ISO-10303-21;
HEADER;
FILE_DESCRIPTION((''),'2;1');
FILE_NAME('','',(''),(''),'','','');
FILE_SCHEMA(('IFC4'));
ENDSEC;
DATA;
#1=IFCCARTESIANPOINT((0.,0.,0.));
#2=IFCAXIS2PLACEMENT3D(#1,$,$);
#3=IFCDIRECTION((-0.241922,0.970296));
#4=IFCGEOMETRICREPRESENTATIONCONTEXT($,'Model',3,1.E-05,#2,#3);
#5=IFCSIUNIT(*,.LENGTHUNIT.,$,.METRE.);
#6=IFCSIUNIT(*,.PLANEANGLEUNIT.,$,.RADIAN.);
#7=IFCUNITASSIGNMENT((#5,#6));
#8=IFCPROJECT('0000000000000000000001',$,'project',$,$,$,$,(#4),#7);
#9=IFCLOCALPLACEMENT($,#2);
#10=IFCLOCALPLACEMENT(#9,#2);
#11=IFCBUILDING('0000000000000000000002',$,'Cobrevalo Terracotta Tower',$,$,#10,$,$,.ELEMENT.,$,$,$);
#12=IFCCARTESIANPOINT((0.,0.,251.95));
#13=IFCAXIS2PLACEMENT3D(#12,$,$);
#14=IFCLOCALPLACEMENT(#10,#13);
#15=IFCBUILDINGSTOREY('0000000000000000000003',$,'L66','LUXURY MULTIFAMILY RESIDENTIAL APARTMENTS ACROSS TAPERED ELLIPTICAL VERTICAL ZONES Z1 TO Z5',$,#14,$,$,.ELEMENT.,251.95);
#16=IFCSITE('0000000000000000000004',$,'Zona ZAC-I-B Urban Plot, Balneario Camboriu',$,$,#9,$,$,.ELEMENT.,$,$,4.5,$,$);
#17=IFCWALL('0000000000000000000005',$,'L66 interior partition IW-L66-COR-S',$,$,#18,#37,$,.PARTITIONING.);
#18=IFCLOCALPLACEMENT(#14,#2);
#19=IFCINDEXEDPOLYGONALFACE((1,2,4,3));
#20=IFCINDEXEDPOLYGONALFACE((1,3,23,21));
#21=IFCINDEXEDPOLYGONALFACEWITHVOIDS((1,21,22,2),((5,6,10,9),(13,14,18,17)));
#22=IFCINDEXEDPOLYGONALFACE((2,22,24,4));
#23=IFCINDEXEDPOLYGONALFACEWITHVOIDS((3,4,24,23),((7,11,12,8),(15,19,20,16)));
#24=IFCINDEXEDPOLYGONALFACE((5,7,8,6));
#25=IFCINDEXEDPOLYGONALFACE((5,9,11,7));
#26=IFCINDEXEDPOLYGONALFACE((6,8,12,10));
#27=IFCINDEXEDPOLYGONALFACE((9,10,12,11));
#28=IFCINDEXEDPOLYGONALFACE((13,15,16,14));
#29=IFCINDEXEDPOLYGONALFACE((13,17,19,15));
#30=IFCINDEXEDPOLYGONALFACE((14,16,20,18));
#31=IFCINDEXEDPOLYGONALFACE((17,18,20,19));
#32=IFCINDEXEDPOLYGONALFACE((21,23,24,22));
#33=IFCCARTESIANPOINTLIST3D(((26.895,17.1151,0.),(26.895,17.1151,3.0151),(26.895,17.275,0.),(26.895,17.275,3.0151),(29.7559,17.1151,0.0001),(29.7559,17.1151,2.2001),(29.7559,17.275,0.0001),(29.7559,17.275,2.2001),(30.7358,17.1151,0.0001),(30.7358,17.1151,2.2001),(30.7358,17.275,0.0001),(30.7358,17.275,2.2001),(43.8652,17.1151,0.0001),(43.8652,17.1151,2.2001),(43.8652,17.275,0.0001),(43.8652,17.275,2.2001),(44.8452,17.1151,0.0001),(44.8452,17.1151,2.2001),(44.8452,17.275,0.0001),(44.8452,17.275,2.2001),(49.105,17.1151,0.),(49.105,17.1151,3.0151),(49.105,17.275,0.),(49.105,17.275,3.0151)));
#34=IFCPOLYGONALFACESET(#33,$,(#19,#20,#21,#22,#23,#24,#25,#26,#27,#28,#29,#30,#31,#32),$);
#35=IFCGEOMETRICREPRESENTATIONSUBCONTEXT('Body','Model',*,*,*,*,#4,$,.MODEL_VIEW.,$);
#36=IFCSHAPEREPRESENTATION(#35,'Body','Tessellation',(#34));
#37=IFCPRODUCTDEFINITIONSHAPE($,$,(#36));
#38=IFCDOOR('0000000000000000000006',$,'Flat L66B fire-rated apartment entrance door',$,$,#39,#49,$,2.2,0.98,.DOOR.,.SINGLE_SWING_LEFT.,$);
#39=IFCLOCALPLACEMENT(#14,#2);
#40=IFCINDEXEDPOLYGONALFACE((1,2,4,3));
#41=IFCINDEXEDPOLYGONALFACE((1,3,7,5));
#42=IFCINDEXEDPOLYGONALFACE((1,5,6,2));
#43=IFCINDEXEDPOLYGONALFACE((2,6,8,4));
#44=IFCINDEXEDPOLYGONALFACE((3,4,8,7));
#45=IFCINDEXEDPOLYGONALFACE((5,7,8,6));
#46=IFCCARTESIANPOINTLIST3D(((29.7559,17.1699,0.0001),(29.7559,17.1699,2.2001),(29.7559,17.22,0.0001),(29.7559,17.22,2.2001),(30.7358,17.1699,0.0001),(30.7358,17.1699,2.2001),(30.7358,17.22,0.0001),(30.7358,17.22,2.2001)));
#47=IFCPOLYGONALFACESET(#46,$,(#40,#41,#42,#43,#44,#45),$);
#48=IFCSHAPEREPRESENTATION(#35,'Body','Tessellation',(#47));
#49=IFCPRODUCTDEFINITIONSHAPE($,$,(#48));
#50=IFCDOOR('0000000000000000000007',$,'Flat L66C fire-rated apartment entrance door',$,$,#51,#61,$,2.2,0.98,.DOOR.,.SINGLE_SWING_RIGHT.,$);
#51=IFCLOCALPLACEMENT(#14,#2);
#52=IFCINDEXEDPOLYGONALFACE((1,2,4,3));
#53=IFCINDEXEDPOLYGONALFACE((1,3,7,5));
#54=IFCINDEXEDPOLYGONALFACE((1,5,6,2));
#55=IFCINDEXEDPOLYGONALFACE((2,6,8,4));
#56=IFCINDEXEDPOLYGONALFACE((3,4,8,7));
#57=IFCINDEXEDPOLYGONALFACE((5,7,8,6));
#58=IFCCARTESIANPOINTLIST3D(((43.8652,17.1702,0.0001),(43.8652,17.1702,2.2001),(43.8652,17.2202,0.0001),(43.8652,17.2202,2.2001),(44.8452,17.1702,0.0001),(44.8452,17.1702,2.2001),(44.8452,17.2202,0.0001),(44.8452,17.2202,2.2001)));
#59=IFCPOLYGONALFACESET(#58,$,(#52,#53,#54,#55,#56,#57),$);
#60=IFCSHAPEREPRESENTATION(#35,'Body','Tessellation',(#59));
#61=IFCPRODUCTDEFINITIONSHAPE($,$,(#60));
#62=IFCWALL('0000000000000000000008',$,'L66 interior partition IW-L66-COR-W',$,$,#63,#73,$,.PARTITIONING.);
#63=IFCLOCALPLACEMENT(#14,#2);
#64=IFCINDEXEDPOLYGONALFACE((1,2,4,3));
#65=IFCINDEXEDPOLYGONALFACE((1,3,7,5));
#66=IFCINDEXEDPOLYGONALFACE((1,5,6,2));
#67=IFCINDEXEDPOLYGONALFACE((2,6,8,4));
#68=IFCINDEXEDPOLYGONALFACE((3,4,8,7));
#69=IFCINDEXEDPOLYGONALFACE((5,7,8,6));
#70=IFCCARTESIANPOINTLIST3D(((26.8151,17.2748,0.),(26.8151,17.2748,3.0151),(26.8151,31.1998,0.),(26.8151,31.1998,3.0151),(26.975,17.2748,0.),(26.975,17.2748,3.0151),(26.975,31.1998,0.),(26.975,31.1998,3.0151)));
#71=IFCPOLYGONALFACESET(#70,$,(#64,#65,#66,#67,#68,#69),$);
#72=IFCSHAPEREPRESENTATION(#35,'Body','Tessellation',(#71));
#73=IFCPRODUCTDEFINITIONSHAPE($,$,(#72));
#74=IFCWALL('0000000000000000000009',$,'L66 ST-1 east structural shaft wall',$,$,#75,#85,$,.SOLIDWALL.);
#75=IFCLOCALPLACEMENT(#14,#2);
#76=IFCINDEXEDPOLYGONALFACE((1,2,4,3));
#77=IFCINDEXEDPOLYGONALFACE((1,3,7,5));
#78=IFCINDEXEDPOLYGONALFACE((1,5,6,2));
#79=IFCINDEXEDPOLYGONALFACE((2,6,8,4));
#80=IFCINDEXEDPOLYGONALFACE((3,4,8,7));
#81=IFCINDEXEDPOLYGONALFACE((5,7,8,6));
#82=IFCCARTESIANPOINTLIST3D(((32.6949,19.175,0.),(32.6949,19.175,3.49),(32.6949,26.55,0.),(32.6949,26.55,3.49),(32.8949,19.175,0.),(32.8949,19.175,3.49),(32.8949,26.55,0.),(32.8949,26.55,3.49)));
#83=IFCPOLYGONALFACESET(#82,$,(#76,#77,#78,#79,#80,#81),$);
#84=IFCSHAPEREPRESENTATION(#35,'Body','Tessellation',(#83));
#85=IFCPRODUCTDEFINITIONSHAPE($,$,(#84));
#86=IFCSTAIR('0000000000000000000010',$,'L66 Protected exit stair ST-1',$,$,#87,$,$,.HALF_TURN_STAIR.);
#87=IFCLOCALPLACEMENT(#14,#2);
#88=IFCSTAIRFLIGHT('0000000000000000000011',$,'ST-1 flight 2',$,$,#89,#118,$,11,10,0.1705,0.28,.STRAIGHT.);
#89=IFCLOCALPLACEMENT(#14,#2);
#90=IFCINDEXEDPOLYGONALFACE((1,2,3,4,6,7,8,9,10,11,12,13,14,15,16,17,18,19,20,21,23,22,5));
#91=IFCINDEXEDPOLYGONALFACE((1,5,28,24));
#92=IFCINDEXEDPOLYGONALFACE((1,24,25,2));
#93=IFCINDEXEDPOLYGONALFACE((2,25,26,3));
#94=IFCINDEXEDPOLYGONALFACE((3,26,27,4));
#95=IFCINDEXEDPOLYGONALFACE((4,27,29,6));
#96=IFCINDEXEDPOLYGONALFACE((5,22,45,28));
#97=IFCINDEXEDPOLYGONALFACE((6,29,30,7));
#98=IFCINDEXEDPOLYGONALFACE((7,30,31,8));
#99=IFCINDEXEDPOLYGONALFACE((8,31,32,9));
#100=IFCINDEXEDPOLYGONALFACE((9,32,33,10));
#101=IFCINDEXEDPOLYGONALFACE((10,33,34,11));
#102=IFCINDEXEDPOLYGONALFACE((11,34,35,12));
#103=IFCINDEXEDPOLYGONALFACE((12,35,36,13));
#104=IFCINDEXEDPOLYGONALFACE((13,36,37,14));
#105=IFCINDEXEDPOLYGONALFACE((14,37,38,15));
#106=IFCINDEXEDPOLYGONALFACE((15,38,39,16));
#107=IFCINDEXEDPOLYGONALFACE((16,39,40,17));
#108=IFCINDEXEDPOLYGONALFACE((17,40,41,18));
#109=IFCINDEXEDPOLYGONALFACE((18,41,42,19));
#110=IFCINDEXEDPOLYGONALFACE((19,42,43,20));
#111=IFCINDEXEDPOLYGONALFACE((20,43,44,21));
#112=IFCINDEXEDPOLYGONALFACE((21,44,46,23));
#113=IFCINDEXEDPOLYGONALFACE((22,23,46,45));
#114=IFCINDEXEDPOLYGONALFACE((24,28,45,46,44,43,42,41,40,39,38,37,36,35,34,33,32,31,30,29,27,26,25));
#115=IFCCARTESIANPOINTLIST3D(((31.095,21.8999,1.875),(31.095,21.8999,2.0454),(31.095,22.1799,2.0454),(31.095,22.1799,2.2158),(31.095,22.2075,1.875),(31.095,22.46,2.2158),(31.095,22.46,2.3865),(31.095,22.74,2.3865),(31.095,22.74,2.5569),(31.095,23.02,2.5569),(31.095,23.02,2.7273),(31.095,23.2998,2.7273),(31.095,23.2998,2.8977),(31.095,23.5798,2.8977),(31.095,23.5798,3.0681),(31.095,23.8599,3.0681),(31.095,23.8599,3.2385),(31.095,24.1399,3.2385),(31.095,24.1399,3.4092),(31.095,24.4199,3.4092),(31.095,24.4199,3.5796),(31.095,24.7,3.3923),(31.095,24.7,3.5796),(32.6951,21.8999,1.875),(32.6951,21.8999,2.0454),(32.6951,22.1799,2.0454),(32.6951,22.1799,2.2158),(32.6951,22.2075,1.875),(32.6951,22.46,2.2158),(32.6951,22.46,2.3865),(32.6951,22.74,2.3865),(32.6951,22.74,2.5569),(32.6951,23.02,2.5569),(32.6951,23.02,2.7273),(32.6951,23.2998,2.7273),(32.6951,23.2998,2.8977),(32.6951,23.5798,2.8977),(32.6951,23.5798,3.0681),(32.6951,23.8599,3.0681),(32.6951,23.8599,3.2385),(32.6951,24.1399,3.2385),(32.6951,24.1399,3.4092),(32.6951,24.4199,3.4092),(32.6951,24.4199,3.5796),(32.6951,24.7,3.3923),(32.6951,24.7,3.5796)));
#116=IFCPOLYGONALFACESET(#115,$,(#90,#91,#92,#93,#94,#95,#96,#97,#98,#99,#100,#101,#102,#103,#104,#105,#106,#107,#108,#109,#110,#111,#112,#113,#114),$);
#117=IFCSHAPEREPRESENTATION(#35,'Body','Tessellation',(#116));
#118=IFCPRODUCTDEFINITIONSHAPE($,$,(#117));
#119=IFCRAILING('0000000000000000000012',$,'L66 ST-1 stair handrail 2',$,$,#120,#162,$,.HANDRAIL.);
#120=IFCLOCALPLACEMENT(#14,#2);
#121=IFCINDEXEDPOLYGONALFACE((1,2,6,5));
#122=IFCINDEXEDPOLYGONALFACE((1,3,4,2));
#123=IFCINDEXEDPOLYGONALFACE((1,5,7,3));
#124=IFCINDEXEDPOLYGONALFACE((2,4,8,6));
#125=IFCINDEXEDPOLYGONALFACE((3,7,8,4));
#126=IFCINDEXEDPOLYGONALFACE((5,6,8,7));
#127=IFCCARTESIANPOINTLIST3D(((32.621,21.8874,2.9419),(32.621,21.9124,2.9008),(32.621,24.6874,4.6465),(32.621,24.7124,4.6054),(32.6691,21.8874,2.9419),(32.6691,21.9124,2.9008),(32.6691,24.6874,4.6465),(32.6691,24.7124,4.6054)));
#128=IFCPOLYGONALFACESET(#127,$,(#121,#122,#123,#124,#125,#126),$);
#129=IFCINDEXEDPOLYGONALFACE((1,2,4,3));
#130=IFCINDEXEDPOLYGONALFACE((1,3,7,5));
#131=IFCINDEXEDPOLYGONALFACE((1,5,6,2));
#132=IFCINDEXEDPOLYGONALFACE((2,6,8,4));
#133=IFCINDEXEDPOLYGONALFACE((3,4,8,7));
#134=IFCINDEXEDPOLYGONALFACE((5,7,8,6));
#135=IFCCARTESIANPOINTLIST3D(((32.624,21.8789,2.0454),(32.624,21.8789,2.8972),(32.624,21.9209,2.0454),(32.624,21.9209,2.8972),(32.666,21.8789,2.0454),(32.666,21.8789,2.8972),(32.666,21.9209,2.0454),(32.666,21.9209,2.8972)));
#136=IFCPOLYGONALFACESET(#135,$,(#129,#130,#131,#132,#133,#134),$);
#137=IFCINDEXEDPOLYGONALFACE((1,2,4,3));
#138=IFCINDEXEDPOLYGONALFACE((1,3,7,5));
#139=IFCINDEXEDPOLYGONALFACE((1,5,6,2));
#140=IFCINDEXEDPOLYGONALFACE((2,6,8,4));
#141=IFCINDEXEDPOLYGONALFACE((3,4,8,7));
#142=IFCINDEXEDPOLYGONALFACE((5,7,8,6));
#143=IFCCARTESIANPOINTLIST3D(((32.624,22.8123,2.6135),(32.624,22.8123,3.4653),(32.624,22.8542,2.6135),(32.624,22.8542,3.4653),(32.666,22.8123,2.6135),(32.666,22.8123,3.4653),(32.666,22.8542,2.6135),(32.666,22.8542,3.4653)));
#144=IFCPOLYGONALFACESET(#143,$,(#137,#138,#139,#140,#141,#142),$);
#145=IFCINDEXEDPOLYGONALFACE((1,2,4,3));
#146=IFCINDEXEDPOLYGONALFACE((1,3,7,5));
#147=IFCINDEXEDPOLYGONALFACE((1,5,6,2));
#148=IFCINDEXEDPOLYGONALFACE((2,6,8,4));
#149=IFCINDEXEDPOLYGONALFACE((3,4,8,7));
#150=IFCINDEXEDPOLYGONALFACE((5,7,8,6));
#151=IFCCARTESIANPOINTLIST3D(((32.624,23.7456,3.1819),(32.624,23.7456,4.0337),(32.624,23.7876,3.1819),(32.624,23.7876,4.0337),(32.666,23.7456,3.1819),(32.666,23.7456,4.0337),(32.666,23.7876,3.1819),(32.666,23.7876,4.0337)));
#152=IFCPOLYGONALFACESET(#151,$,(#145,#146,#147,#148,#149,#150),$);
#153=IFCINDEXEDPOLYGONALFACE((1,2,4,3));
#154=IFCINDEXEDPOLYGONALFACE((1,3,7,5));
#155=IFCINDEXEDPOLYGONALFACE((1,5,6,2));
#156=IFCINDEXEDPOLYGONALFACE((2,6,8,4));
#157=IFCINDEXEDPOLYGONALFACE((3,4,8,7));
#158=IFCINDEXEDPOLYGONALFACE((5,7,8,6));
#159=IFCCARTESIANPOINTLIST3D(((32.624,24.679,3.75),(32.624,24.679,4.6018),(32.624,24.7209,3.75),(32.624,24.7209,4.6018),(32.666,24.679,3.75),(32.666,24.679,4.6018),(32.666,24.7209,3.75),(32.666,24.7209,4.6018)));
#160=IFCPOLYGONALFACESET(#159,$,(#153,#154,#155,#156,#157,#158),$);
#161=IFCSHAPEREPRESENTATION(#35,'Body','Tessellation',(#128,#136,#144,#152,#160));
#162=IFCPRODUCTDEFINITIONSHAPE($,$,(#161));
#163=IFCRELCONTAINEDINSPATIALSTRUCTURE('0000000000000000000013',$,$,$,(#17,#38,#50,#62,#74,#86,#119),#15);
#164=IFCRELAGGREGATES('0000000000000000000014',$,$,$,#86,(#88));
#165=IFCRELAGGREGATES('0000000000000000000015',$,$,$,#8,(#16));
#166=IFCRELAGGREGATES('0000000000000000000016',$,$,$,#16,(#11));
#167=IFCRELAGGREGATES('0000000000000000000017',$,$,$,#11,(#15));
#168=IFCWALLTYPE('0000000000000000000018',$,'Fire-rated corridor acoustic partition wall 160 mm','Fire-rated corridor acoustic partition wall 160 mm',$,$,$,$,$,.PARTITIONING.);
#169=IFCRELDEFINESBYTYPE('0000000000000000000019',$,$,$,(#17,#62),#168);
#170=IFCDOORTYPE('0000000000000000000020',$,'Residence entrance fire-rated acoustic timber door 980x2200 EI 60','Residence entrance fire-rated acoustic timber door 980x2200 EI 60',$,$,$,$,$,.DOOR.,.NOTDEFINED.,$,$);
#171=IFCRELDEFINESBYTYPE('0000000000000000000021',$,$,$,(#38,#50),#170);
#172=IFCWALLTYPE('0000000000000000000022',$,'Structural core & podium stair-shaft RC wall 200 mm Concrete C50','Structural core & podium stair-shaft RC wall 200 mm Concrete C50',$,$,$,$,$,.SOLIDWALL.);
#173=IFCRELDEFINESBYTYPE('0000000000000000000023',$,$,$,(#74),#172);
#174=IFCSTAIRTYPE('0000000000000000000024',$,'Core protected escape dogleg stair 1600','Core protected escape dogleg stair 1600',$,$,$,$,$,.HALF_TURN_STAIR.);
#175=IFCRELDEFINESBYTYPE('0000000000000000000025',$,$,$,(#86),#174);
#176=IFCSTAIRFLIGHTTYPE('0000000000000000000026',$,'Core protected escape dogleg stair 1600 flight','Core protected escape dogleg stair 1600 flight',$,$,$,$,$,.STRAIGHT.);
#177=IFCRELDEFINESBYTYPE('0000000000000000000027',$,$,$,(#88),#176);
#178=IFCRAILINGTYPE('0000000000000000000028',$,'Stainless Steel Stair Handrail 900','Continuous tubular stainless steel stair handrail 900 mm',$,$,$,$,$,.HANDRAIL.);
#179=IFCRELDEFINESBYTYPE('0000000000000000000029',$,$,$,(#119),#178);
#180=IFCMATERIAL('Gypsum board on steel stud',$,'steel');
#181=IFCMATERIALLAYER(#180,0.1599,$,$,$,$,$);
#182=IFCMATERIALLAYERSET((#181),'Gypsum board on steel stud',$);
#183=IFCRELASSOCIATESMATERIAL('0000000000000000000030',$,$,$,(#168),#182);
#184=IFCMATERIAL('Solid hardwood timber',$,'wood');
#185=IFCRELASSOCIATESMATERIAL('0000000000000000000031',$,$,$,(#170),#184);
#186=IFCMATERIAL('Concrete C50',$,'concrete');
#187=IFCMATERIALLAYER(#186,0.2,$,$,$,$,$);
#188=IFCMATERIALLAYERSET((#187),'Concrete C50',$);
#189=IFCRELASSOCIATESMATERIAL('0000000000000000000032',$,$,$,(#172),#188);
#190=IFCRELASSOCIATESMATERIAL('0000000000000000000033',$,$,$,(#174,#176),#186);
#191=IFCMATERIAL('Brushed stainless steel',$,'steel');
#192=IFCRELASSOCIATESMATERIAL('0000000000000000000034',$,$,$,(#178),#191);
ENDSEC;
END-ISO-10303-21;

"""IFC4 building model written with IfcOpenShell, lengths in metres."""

from ifc_helpers import new_model, si_unit, direction, frame, frame_2d, origin, origin_2d, place, context, subcontext, project, spatial, polyline, rectangle, outline, extrude, source, transform, mapped, material, layer, layer_set, type_object, element, fill, aggregate, save


model = new_model("IFC4")

# Units and contexts
model_context = context("Model", 3, precision=1e-05, world=origin(), true_north=direction((-0.241922, 0.970296)))
body_context = subcontext(model_context, "Body", "Model", "MODEL_VIEW")
ifc_project = project(units=[si_unit("LENGTHUNIT", "METRE"), si_unit("PLANEANGLEUNIT", "RADIAN")], contexts=[model_context])

# Site, building, storey
site_placement = place(None, origin())
site = spatial("IfcSite", under=ifc_project, at=site_placement, Name="Zona ZAC-I-B Urban Plot, Balneario Camboriu", CompositionType="ELEMENT", RefElevation=4.5)
building_placement = place(site_placement, origin())
building = spatial("IfcBuilding", under=site, at=building_placement, Name="Cobrevalo Terracotta Tower", CompositionType="ELEMENT")
storey_placement = place(building_placement, frame((0.0, 0.0, 251.95)))
storey = spatial("IfcBuildingStorey", under=building, at=storey_placement, Name="L66", Description="LUXURY MULTIFAMILY RESIDENTIAL APARTMENTS ACROSS TAPERED ELLIPTICAL VERTICAL ZONES Z1 TO Z5", CompositionType="ELEMENT", Elevation=251.95)

# Shared definitions
ifc_material_1 = material(Name="Concrete C50", Category="concrete")

# Wall, openings, doors
ifc_material_2 = material(Name="Gypsum board on steel stud", Category="steel")
ifc_layer_1 = layer(ifc_material_2, 0.1599)
ifc_layer_set_1 = layer_set([ifc_layer_1], Name="Gypsum board on steel stud")
wall_type_1 = type_object("IfcWallType", Name="Fire-rated corridor acoustic partition wall 160 mm", Description="Fire-rated corridor acoustic partition wall 160 mm", PredefinedType="PARTITIONING", material=ifc_layer_set_1)
wall_1_placement = place(storey_placement, frame((26.895, 17.1951, 0.0), z_axis=(0.0, 0.0, 1.0), x_axis=(1.0, 0.0, 0.0)))
wall_1 = element("IfcWall", 1, at=wall_1_placement, inside=storey, type_object=wall_type_1, Name="L66 interior partition IW-L66-COR-S", PredefinedType="PARTITIONING", context=body_context, shape_type="SweptSolid", body=[
    extrude(rectangle(XDim=22.21, YDim=0.1599, at=frame_2d((11.105, 0.0))), origin(), (0.0, 0.0, 1.0), 3.0151),
])
opening_1_placement = place(wall_1_placement, frame((2.8608, 0.0, 0.0)))
opening_1 = element("IfcOpeningElement", 2, at=opening_1_placement, cuts=wall_1, PredefinedType="OPENING", context=body_context, shape_type="SweptSolid", body=[
    extrude(rectangle(XDim=0.98, YDim=2.2, at=frame_2d((0.49, 1.1001))), frame((0.0, 0.0898, 0.0), z_axis=(0.0, -1.0, 0.0), x_axis=(1.0, 0.0, 0.0)), (0.0, 0.0, 1.0), 0.1799),
])
opening_2_placement = place(wall_1_placement, frame((16.9702, 0.0, 0.0)))
opening_2 = element("IfcOpeningElement", 3, at=opening_2_placement, cuts=wall_1, PredefinedType="OPENING", context=body_context, shape_type="SweptSolid", body=[
    extrude(rectangle(XDim=0.98, YDim=2.2, at=frame_2d((0.49, 1.1001))), frame((0.0, 0.0898, 0.0), z_axis=(0.0, -1.0, 0.0), x_axis=(1.0, 0.0, 0.0)), (0.0, 0.0, 1.0), 0.1799),
])
ifc_material_3 = material(Name="Solid hardwood timber", Category="wood")
door_type_1 = type_object("IfcDoorType", Name="Residence entrance fire-rated acoustic timber door 980x2200 EI 60", Description="Residence entrance fire-rated acoustic timber door 980x2200 EI 60", OperationType="NOTDEFINED", PredefinedType="DOOR", material=ifc_material_3)
shared_shape_1 = source(origin(), body_context, "Body", "SweptSolid", [
    extrude(rectangle(XDim=0.98, YDim=2.2, at=frame_2d((0.49, 1.1001))), frame((0.0, 0.0249, 0.0), z_axis=(0.0, -1.0, 0.0), x_axis=(1.0, 0.0, 0.0)), (0.0, 0.0, 1.0), 0.05),
])
door_1_placement = place(opening_1_placement, origin())
door_1 = element("IfcDoor", 4, at=door_1_placement, inside=storey, type_object=door_type_1, Name="Flat L66B fire-rated apartment entrance door", OperationType="SINGLE_SWING_LEFT", OverallHeight=2.2, OverallWidth=0.98, PredefinedType="DOOR", context=body_context, shape_type="MappedRepresentation", body=[
    mapped(shared_shape_1, transform((0.0, 0.0, 0.0), scale=1.0)),
])
fill(opening_1, door_1)
door_2_placement = place(opening_2_placement, frame((0.98, 0.0, 0.0), z_axis=(0.0, 0.0, 1.0), x_axis=(-1.0, 0.0, 0.0)))
door_2 = element("IfcDoor", 5, at=door_2_placement, inside=storey, type_object=door_type_1, Name="Flat L66C fire-rated apartment entrance door", OperationType="SINGLE_SWING_RIGHT", OverallHeight=2.2, OverallWidth=0.98, PredefinedType="DOOR", context=body_context, shape_type="MappedRepresentation", body=[
    mapped(shared_shape_1, transform((0.0, 0.0, 0.0), scale=1.0)),
])
fill(opening_2, door_2)

# Wall
wall_2_placement = place(storey_placement, frame((26.895, 17.2749, 0.0), z_axis=(0.0, 0.0, 1.0), x_axis=(0.0, 1.0, 0.0)))
element("IfcWall", 6, at=wall_2_placement, inside=storey, type_object=wall_type_1, Name="L66 interior partition IW-L66-COR-W", PredefinedType="PARTITIONING", context=body_context, shape_type="SweptSolid", body=[
    extrude(rectangle(XDim=13.925, YDim=0.1599, at=frame_2d((6.9624, 0.0))), origin(), (0.0, 0.0, 1.0), 3.0151),
])

# Wall
ifc_layer_2 = layer(ifc_material_1, 0.2)
ifc_layer_set_2 = layer_set([ifc_layer_2], Name="Concrete C50")
wall_type_2 = type_object("IfcWallType", Name="Structural core & podium stair-shaft RC wall 200 mm Concrete C50", Description="Structural core & podium stair-shaft RC wall 200 mm Concrete C50", PredefinedType="SOLIDWALL", material=ifc_layer_set_2)
wall_3_placement = place(storey_placement, frame((32.7949, 19.175, 0.0), z_axis=(0.0, 0.0, 1.0), x_axis=(0.0, 1.0, 0.0)))
element("IfcWall", 7, at=wall_3_placement, inside=storey, type_object=wall_type_2, Name="L66 ST-1 east structural shaft wall", PredefinedType="SOLIDWALL", context=body_context, shape_type="SweptSolid", body=[
    extrude(rectangle(XDim=7.375, YDim=0.2, at=frame_2d((3.6875, 0.0))), origin(), (0.0, 0.0, 1.0), 3.49),
])

# Stair, stair flight
stair_type = type_object("IfcStairType", Name="Core protected escape dogleg stair 1600", Description="Core protected escape dogleg stair 1600", PredefinedType="HALF_TURN_STAIR", material=ifc_material_1)
stair_placement = place(storey_placement, origin())
stair = element("IfcStair", 8, at=stair_placement, inside=storey, type_object=stair_type, Name="L66 Protected exit stair ST-1", PredefinedType="HALF_TURN_STAIR")
stair_flight_type = type_object("IfcStairFlightType", Name="Core protected escape dogleg stair 1600 flight", Description="Core protected escape dogleg stair 1600 flight", PredefinedType="STRAIGHT", material=ifc_material_1)
stair_flight_placement = place(storey_placement, frame((31.895, 21.8999, 1.875), z_axis=(0.0, 0.0, 1.0), x_axis=(0.0, 1.0, 0.0)))
stair_flight = element("IfcStairFlight", 9, at=stair_flight_placement, type_object=stair_flight_type, Name="ST-1 flight 2", NumberOfRisers=11, NumberOfTreads=10, PredefinedType="STRAIGHT", RiserHeight=0.1705, TreadLength=0.28, context=body_context, shape_type="SweptSolid", body=[
    extrude(outline(polyline([(0.0, 0.0), (0.0, 0.1704), (0.28, 0.1704), (0.28, 0.3408), (0.5601, 0.3408), (0.5601, 0.5115), (0.8401, 0.5115), (0.8401, 0.6819), (1.1201, 0.6819), (1.1201, 0.8523), (1.3999, 0.8523), (1.3999, 1.0227), (1.6799, 1.0227), (1.6799, 1.1931), (1.96, 1.1931), (1.96, 1.3635), (2.24, 1.3635), (2.24, 1.5342), (2.52, 1.5342), (2.52, 1.7046), (2.8, 1.7046), (2.8, 1.875), (2.8, 1.5173), (0.3076, 0.0), (0.0, 0.0)])), frame((0.0, 0.8, 0.0), z_axis=(0.0, -1.0, 0.0), x_axis=(1.0, 0.0, 0.0)), (0.0, 0.0, 1.0), 1.6001),
])
aggregate(stair, [stair_flight])

# Railing
ifc_material_4 = material(Name="Brushed stainless steel", Category="steel")
railing_type_1 = type_object("IfcRailingType", Name="Stainless Steel Stair Handrail 900", Description="Continuous tubular stainless steel stair handrail 900 mm", PredefinedType="HANDRAIL", material=ifc_material_4)
railing_1_placement = place(storey_placement, frame((32.645, 21.8999, 2.0454)))
element("IfcRailing", 10, at=railing_1_placement, inside=storey, type_object=railing_type_1, Name="L66 ST-1 stair handrail 2", PredefinedType="HANDRAIL", context=body_context, shape_type="SweptSolid", body=[
    extrude(rectangle(XDim=0.0481, YDim=0.0481, at=origin_2d()), frame((0.0, 0.0, 0.876), z_axis=(0.0, 0.85417, 0.519994), x_axis=(-1.0, 0.0, 0.0)), (0.0, 0.0, 1.0), 3.2781),
    extrude(rectangle(XDim=0.042, YDim=0.042, at=origin_2d()), origin(), (0.0, 0.0, 1.0), 0.8518),
    extrude(rectangle(XDim=0.042, YDim=0.042, at=origin_2d()), frame((0.0, 0.9333, 0.5681)), (0.0, 0.0, 1.0), 0.8518),
    extrude(rectangle(XDim=0.042, YDim=0.042, at=origin_2d()), frame((0.0, 1.8667, 1.1365)), (0.0, 0.0, 1.0), 0.8518),
    extrude(rectangle(XDim=0.042, YDim=0.042, at=origin_2d()), frame((0.0, 2.8, 1.7046)), (0.0, 0.0, 1.0), 0.8518),
])

save(model, "model.ifc")
